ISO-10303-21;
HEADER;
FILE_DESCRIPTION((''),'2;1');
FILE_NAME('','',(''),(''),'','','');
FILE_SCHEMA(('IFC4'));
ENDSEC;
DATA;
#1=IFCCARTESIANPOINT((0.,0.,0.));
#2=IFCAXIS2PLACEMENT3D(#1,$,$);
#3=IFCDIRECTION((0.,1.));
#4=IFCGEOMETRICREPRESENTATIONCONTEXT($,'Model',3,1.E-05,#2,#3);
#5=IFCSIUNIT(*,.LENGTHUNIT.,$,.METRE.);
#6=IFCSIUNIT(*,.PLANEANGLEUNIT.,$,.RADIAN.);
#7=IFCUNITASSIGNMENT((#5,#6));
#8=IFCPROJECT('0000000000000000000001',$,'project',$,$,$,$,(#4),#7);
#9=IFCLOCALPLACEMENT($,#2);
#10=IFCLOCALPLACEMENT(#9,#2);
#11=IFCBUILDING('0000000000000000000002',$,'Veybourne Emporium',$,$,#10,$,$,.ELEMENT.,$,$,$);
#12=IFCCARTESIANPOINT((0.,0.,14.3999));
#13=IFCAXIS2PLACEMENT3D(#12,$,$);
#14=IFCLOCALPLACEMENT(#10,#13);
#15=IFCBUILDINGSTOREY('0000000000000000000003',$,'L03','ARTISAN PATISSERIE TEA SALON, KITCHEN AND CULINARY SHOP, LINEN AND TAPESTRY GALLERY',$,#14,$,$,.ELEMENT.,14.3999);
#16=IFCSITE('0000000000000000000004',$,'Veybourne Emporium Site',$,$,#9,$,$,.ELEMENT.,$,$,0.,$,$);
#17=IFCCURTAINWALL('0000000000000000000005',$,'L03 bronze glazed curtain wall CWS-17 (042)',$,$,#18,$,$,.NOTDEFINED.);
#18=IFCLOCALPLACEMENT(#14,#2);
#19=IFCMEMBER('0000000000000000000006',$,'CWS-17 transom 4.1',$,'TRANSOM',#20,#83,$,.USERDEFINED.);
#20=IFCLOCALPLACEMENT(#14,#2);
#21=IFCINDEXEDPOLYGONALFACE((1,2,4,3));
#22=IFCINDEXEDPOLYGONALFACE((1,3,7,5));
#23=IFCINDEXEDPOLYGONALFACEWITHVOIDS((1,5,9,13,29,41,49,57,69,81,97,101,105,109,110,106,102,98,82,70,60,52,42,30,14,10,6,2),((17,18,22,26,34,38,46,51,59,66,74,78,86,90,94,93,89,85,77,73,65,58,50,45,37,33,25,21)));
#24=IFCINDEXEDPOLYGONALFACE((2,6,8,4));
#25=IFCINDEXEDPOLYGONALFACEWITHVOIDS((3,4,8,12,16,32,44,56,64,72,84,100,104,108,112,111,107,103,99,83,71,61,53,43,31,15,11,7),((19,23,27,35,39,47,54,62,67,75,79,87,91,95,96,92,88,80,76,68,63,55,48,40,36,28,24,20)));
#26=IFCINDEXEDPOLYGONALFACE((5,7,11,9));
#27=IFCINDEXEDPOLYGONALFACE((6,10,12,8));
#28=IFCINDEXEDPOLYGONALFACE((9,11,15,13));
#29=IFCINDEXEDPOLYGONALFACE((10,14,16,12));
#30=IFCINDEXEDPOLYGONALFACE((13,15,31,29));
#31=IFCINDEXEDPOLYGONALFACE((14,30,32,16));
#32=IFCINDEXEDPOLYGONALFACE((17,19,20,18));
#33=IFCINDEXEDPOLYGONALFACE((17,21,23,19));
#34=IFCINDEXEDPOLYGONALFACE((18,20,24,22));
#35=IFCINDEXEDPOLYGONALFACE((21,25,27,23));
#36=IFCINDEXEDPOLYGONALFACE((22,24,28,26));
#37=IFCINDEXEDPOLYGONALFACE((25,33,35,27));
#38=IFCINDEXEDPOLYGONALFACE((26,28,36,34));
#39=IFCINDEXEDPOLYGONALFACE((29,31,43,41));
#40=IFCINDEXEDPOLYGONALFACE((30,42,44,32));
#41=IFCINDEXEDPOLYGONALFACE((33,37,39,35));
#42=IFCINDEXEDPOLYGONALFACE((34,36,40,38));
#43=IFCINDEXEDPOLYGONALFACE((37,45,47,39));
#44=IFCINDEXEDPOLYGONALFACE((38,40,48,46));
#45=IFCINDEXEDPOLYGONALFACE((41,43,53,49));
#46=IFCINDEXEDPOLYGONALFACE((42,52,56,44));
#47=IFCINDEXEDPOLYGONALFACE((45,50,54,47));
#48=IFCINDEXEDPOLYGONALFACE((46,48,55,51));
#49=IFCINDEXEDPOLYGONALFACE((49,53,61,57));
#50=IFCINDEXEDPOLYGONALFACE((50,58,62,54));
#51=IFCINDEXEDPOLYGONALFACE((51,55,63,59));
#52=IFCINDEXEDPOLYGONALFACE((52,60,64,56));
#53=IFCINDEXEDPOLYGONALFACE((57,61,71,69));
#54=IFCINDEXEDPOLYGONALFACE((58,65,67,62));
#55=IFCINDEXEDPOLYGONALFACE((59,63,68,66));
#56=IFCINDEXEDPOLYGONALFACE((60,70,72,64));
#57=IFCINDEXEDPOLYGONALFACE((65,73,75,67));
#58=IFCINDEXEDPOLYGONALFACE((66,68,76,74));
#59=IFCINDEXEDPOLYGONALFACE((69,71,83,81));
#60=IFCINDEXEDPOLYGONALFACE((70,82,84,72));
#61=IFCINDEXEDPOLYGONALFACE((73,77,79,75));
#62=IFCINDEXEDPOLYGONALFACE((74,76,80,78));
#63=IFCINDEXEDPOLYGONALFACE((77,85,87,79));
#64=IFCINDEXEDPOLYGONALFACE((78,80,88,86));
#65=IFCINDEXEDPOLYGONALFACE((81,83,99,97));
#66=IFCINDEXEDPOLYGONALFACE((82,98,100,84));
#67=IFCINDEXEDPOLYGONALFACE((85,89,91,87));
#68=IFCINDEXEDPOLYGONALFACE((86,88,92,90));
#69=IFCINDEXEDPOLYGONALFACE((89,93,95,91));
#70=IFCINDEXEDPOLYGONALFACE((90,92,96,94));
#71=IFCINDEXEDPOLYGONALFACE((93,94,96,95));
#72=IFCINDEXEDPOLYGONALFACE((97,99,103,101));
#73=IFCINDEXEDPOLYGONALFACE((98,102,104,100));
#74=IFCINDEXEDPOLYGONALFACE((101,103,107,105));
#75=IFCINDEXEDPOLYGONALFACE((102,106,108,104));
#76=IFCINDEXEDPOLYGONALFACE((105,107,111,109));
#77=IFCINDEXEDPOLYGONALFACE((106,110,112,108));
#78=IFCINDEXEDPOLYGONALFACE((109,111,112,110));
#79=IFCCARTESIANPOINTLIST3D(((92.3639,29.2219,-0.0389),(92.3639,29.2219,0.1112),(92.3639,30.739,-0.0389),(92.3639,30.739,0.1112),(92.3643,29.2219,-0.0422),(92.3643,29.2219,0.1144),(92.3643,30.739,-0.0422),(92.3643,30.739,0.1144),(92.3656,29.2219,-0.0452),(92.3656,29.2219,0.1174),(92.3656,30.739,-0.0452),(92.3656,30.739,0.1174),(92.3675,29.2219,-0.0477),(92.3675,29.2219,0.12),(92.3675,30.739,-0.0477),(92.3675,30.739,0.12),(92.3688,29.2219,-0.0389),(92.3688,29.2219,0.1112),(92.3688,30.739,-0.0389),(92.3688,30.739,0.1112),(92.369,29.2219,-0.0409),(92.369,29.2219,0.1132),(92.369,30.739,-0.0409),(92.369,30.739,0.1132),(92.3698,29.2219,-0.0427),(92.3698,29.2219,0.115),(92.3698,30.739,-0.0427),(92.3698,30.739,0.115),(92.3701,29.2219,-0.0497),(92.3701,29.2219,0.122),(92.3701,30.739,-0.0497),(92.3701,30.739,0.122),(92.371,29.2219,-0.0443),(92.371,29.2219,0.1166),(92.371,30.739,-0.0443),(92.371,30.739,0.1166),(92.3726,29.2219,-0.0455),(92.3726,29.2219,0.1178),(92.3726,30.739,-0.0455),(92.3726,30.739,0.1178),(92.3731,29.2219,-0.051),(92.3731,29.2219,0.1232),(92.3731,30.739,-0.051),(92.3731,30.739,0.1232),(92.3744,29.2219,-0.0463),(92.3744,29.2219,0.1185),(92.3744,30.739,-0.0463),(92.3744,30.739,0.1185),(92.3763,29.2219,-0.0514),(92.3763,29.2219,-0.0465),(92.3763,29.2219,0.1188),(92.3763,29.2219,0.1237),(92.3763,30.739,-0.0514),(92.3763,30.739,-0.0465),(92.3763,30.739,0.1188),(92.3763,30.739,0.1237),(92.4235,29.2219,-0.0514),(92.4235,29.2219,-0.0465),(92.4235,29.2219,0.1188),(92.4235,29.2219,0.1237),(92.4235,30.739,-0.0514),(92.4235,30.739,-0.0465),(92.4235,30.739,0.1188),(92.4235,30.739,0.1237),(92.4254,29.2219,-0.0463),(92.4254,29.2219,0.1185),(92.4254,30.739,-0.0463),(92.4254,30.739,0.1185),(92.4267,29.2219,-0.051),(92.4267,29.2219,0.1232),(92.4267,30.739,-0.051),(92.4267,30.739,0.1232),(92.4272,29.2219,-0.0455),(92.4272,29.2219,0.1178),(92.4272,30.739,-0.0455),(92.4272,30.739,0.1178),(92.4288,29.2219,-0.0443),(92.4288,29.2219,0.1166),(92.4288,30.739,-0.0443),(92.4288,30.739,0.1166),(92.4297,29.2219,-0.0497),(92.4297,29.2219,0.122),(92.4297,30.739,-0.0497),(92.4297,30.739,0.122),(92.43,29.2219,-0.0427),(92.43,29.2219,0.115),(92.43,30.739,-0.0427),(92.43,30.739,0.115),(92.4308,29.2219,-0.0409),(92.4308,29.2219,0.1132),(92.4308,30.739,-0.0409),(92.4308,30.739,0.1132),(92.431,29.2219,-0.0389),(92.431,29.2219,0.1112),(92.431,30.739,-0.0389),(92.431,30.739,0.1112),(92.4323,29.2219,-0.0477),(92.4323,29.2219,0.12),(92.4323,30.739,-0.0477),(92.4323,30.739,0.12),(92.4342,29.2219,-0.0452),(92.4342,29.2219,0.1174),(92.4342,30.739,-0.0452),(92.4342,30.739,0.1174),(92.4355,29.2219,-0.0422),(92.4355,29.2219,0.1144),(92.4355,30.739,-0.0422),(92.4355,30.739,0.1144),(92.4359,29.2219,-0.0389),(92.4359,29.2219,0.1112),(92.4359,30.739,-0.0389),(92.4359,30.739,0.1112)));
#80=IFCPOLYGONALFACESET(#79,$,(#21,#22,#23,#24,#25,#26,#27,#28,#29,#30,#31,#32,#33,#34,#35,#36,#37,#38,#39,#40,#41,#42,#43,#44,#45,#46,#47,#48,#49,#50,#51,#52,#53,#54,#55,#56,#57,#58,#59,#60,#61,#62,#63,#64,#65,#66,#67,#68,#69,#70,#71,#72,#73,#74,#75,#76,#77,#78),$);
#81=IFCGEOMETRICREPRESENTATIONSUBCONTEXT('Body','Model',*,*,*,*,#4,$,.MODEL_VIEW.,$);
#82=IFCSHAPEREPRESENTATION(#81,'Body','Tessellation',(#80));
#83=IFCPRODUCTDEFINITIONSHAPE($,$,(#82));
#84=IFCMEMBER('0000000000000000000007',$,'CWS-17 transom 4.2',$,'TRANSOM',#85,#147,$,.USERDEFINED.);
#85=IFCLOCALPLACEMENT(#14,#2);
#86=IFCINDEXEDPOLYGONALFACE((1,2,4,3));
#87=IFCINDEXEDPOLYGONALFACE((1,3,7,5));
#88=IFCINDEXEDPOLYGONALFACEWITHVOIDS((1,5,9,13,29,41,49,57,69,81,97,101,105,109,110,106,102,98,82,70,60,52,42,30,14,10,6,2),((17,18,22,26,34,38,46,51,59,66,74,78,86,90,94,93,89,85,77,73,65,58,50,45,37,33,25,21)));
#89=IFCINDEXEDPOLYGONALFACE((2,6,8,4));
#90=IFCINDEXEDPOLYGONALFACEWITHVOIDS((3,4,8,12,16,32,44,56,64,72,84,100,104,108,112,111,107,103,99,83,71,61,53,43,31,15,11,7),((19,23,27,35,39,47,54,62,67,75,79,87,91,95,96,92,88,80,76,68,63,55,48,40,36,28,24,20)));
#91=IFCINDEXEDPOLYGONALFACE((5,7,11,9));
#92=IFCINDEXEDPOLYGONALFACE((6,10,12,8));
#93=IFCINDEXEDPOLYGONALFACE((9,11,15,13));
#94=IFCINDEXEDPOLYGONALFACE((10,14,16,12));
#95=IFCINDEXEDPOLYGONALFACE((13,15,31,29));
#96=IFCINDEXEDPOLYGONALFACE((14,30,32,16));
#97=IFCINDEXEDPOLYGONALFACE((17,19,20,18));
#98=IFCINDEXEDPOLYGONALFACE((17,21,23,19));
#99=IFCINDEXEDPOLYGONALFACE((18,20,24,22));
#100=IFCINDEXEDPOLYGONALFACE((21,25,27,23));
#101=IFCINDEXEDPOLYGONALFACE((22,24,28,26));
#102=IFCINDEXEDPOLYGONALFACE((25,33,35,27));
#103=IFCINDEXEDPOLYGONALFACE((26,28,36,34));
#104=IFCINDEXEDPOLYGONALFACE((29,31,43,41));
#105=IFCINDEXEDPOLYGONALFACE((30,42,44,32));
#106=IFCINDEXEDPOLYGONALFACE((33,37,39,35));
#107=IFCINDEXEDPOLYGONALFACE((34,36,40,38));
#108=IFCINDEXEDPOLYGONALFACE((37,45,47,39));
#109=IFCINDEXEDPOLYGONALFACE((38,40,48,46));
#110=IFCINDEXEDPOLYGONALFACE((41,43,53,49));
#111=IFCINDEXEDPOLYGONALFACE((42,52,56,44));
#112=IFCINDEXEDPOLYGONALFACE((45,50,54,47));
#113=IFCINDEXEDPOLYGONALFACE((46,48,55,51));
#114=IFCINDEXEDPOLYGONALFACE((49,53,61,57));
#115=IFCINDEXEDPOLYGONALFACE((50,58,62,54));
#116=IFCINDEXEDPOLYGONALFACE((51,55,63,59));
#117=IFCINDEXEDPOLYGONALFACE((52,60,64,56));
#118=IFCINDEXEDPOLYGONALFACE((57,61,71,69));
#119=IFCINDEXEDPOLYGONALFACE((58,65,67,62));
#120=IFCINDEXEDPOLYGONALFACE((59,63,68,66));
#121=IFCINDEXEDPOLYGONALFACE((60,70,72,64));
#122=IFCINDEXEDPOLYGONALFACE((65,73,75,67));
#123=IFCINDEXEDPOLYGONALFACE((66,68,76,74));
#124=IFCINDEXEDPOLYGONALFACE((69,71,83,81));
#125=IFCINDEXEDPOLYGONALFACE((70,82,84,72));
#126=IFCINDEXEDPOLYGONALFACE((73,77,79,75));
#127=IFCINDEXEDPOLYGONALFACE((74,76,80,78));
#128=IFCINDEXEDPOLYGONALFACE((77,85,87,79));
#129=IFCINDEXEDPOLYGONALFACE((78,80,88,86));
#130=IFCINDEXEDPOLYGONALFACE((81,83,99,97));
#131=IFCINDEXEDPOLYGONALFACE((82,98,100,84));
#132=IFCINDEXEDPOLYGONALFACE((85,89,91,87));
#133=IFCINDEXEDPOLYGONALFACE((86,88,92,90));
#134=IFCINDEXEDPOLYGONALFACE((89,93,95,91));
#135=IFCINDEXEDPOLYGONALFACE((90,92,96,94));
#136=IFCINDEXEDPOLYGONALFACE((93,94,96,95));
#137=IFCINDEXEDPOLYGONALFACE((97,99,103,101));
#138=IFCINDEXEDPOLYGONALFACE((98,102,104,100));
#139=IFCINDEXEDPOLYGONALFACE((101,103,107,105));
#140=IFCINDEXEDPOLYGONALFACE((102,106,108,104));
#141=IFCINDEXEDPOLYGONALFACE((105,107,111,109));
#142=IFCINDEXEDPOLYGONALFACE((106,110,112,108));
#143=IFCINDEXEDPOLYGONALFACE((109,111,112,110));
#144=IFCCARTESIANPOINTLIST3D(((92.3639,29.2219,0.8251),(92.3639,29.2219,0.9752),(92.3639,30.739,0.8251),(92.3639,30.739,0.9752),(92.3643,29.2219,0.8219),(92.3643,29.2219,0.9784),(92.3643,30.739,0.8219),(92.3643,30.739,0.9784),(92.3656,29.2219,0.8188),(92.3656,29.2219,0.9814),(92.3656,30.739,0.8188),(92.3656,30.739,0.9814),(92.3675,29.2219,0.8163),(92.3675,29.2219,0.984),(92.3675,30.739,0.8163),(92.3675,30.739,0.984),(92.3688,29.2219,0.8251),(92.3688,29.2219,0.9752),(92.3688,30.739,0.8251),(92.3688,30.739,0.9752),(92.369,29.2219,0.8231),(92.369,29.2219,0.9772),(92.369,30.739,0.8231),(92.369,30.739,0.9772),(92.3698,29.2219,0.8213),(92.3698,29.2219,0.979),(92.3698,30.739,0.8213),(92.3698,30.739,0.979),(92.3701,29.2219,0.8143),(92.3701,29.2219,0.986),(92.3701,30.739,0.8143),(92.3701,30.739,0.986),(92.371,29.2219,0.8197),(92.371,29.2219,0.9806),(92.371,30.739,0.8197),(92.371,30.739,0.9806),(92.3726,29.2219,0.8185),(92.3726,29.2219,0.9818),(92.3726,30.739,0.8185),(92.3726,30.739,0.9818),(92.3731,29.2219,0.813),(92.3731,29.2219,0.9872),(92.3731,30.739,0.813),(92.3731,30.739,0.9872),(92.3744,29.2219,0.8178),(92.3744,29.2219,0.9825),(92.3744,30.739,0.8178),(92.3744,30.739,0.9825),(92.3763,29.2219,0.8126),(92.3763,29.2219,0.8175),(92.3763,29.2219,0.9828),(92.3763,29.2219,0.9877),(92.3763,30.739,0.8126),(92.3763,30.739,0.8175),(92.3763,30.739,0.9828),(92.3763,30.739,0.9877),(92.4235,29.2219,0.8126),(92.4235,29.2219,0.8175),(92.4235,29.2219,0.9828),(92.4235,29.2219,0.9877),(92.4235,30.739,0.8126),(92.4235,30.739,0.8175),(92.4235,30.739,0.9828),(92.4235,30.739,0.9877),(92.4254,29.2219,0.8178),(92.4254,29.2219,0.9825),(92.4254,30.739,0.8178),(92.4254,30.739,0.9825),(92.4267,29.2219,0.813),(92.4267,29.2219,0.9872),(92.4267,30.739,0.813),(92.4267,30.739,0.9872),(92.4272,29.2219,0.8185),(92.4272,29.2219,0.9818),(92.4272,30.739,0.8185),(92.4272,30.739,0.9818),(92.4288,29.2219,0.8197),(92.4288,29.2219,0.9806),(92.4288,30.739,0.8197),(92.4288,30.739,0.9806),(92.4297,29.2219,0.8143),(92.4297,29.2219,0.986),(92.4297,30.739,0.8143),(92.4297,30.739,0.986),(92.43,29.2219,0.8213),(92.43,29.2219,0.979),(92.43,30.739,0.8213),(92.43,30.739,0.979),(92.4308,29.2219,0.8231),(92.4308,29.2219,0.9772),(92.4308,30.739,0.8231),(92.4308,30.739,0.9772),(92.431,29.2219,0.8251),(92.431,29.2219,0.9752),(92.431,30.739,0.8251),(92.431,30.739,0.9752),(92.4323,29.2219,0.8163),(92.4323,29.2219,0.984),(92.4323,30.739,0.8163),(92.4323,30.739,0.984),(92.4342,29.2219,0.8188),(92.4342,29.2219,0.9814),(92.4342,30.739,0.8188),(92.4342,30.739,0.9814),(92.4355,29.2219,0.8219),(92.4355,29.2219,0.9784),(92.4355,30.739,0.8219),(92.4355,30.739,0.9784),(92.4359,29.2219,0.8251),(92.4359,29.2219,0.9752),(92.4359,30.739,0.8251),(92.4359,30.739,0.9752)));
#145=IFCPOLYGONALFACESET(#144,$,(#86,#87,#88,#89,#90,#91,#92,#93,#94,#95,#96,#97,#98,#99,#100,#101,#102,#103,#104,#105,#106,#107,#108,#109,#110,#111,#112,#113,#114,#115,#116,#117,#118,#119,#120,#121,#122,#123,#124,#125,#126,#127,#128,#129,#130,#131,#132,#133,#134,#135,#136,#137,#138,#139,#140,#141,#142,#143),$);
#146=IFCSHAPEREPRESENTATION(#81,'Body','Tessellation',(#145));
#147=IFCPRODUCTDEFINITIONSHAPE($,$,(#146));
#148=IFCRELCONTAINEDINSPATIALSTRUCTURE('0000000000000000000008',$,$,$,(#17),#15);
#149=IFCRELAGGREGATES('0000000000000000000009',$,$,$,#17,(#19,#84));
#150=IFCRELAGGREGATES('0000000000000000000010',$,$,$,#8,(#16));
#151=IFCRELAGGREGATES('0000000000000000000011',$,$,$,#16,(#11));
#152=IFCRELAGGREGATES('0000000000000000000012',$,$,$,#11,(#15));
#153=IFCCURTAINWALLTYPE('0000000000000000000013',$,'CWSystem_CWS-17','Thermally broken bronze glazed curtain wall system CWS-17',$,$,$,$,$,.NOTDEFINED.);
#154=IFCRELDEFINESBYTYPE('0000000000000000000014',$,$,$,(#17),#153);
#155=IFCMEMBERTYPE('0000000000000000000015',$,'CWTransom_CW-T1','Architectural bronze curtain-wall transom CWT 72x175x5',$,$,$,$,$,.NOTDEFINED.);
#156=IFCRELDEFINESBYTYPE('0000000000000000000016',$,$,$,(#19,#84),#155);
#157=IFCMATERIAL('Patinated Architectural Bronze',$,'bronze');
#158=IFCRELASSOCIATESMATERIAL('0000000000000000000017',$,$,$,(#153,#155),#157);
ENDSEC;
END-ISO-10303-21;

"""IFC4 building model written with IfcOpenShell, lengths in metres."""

from ifc_helpers import new_model, si_unit, direction, frame, origin, origin_2d, place, context, subcontext, project, spatial, hollow_rectangle, extrude, material, material_profile, profile_set, type_object, element, aggregate, save


model = new_model("IFC4")

# Units and contexts
model_context = context("Model", 3, precision=1e-05, world=origin(), true_north=direction((0.0, 1.0)))
body_context = subcontext(model_context, "Body", "Model", "MODEL_VIEW")
ifc_project = project(units=[si_unit("LENGTHUNIT", "METRE"), si_unit("PLANEANGLEUNIT", "RADIAN")], contexts=[model_context])

# Site, building, storey
site_placement = place(None, origin())
site = spatial("IfcSite", under=ifc_project, at=site_placement, Name="Veybourne Emporium Site", CompositionType="ELEMENT", RefElevation=0.0)
building_placement = place(site_placement, origin())
building = spatial("IfcBuilding", under=site, at=building_placement, Name="Veybourne Emporium", CompositionType="ELEMENT")
storey_placement = place(building_placement, frame((0.0, 0.0, 14.3999)))
storey = spatial("IfcBuildingStorey", under=building, at=storey_placement, Name="L03", Description="ARTISAN PATISSERIE TEA SALON, KITCHEN AND CULINARY SHOP, LINEN AND TAPESTRY GALLERY", CompositionType="ELEMENT", Elevation=14.3999)

# Curtain wall, members
ifc_material_1 = material(Name="Patinated Architectural Bronze", Category="bronze")
curtain_wall_type = type_object("IfcCurtainWallType", Name="CWSystem_CWS-17", Description="Thermally broken bronze glazed curtain wall system CWS-17", PredefinedType="NOTDEFINED", material=ifc_material_1)
curtain_wall_placement = place(storey_placement, origin())
curtain_wall = element("IfcCurtainWall", 1, at=curtain_wall_placement, inside=storey, type_object=curtain_wall_type, Name="L03 bronze glazed curtain wall CWS-17 (042)", PredefinedType="NOTDEFINED")
ifc_material_profile_1 = material_profile(ifc_material_1, hollow_rectangle(XDim=0.072, YDim=0.175, WallThickness=0.0049, InnerFilletRadius=0.0076, OuterFilletRadius=0.0125, at=origin_2d()), Name="CWT 72x175x5")
ifc_profile_set_1 = profile_set([ifc_material_profile_1], Name="Patinated Architectural Bronze")
member_type_1 = type_object("IfcMemberType", Name="CWTransom_CW-T1", Description="Architectural bronze curtain-wall transom CWT 72x175x5", PredefinedType="NOTDEFINED", material=ifc_profile_set_1)
member_1_placement = place(storey_placement, frame((92.3999, 30.739, 0.0361), z_axis=(0.0, -1.0, 0.0), x_axis=(1.0, 0.0, 0.0)))
member_1 = element("IfcMember", 2, at=member_1_placement, type_object=member_type_1, Name="CWS-17 transom 4.1", ObjectType="TRANSOM", PredefinedType="USERDEFINED", context=body_context, shape_type="SweptSolid", body=[
    extrude(hollow_rectangle(XDim=0.072, YDim=0.175, WallThickness=0.0049, InnerFilletRadius=0.0076, OuterFilletRadius=0.0125, at=origin_2d()), origin(), (0.0, 0.0, 1.0), 1.5171),
])
member_2_placement = place(storey_placement, frame((92.3999, 30.739, 0.9001), z_axis=(0.0, -1.0, 0.0), x_axis=(1.0, 0.0, 0.0)))
member_2 = element("IfcMember", 3, at=member_2_placement, type_object=member_type_1, Name="CWS-17 transom 4.2", ObjectType="TRANSOM", PredefinedType="USERDEFINED", context=body_context, shape_type="SweptSolid", body=[
    extrude(hollow_rectangle(XDim=0.072, YDim=0.175, WallThickness=0.0049, InnerFilletRadius=0.0076, OuterFilletRadius=0.0125, at=origin_2d()), origin(), (0.0, 0.0, 1.0), 1.5171),
])

aggregate(curtain_wall, [member_1, member_2])

save(model, "model.ifc")
